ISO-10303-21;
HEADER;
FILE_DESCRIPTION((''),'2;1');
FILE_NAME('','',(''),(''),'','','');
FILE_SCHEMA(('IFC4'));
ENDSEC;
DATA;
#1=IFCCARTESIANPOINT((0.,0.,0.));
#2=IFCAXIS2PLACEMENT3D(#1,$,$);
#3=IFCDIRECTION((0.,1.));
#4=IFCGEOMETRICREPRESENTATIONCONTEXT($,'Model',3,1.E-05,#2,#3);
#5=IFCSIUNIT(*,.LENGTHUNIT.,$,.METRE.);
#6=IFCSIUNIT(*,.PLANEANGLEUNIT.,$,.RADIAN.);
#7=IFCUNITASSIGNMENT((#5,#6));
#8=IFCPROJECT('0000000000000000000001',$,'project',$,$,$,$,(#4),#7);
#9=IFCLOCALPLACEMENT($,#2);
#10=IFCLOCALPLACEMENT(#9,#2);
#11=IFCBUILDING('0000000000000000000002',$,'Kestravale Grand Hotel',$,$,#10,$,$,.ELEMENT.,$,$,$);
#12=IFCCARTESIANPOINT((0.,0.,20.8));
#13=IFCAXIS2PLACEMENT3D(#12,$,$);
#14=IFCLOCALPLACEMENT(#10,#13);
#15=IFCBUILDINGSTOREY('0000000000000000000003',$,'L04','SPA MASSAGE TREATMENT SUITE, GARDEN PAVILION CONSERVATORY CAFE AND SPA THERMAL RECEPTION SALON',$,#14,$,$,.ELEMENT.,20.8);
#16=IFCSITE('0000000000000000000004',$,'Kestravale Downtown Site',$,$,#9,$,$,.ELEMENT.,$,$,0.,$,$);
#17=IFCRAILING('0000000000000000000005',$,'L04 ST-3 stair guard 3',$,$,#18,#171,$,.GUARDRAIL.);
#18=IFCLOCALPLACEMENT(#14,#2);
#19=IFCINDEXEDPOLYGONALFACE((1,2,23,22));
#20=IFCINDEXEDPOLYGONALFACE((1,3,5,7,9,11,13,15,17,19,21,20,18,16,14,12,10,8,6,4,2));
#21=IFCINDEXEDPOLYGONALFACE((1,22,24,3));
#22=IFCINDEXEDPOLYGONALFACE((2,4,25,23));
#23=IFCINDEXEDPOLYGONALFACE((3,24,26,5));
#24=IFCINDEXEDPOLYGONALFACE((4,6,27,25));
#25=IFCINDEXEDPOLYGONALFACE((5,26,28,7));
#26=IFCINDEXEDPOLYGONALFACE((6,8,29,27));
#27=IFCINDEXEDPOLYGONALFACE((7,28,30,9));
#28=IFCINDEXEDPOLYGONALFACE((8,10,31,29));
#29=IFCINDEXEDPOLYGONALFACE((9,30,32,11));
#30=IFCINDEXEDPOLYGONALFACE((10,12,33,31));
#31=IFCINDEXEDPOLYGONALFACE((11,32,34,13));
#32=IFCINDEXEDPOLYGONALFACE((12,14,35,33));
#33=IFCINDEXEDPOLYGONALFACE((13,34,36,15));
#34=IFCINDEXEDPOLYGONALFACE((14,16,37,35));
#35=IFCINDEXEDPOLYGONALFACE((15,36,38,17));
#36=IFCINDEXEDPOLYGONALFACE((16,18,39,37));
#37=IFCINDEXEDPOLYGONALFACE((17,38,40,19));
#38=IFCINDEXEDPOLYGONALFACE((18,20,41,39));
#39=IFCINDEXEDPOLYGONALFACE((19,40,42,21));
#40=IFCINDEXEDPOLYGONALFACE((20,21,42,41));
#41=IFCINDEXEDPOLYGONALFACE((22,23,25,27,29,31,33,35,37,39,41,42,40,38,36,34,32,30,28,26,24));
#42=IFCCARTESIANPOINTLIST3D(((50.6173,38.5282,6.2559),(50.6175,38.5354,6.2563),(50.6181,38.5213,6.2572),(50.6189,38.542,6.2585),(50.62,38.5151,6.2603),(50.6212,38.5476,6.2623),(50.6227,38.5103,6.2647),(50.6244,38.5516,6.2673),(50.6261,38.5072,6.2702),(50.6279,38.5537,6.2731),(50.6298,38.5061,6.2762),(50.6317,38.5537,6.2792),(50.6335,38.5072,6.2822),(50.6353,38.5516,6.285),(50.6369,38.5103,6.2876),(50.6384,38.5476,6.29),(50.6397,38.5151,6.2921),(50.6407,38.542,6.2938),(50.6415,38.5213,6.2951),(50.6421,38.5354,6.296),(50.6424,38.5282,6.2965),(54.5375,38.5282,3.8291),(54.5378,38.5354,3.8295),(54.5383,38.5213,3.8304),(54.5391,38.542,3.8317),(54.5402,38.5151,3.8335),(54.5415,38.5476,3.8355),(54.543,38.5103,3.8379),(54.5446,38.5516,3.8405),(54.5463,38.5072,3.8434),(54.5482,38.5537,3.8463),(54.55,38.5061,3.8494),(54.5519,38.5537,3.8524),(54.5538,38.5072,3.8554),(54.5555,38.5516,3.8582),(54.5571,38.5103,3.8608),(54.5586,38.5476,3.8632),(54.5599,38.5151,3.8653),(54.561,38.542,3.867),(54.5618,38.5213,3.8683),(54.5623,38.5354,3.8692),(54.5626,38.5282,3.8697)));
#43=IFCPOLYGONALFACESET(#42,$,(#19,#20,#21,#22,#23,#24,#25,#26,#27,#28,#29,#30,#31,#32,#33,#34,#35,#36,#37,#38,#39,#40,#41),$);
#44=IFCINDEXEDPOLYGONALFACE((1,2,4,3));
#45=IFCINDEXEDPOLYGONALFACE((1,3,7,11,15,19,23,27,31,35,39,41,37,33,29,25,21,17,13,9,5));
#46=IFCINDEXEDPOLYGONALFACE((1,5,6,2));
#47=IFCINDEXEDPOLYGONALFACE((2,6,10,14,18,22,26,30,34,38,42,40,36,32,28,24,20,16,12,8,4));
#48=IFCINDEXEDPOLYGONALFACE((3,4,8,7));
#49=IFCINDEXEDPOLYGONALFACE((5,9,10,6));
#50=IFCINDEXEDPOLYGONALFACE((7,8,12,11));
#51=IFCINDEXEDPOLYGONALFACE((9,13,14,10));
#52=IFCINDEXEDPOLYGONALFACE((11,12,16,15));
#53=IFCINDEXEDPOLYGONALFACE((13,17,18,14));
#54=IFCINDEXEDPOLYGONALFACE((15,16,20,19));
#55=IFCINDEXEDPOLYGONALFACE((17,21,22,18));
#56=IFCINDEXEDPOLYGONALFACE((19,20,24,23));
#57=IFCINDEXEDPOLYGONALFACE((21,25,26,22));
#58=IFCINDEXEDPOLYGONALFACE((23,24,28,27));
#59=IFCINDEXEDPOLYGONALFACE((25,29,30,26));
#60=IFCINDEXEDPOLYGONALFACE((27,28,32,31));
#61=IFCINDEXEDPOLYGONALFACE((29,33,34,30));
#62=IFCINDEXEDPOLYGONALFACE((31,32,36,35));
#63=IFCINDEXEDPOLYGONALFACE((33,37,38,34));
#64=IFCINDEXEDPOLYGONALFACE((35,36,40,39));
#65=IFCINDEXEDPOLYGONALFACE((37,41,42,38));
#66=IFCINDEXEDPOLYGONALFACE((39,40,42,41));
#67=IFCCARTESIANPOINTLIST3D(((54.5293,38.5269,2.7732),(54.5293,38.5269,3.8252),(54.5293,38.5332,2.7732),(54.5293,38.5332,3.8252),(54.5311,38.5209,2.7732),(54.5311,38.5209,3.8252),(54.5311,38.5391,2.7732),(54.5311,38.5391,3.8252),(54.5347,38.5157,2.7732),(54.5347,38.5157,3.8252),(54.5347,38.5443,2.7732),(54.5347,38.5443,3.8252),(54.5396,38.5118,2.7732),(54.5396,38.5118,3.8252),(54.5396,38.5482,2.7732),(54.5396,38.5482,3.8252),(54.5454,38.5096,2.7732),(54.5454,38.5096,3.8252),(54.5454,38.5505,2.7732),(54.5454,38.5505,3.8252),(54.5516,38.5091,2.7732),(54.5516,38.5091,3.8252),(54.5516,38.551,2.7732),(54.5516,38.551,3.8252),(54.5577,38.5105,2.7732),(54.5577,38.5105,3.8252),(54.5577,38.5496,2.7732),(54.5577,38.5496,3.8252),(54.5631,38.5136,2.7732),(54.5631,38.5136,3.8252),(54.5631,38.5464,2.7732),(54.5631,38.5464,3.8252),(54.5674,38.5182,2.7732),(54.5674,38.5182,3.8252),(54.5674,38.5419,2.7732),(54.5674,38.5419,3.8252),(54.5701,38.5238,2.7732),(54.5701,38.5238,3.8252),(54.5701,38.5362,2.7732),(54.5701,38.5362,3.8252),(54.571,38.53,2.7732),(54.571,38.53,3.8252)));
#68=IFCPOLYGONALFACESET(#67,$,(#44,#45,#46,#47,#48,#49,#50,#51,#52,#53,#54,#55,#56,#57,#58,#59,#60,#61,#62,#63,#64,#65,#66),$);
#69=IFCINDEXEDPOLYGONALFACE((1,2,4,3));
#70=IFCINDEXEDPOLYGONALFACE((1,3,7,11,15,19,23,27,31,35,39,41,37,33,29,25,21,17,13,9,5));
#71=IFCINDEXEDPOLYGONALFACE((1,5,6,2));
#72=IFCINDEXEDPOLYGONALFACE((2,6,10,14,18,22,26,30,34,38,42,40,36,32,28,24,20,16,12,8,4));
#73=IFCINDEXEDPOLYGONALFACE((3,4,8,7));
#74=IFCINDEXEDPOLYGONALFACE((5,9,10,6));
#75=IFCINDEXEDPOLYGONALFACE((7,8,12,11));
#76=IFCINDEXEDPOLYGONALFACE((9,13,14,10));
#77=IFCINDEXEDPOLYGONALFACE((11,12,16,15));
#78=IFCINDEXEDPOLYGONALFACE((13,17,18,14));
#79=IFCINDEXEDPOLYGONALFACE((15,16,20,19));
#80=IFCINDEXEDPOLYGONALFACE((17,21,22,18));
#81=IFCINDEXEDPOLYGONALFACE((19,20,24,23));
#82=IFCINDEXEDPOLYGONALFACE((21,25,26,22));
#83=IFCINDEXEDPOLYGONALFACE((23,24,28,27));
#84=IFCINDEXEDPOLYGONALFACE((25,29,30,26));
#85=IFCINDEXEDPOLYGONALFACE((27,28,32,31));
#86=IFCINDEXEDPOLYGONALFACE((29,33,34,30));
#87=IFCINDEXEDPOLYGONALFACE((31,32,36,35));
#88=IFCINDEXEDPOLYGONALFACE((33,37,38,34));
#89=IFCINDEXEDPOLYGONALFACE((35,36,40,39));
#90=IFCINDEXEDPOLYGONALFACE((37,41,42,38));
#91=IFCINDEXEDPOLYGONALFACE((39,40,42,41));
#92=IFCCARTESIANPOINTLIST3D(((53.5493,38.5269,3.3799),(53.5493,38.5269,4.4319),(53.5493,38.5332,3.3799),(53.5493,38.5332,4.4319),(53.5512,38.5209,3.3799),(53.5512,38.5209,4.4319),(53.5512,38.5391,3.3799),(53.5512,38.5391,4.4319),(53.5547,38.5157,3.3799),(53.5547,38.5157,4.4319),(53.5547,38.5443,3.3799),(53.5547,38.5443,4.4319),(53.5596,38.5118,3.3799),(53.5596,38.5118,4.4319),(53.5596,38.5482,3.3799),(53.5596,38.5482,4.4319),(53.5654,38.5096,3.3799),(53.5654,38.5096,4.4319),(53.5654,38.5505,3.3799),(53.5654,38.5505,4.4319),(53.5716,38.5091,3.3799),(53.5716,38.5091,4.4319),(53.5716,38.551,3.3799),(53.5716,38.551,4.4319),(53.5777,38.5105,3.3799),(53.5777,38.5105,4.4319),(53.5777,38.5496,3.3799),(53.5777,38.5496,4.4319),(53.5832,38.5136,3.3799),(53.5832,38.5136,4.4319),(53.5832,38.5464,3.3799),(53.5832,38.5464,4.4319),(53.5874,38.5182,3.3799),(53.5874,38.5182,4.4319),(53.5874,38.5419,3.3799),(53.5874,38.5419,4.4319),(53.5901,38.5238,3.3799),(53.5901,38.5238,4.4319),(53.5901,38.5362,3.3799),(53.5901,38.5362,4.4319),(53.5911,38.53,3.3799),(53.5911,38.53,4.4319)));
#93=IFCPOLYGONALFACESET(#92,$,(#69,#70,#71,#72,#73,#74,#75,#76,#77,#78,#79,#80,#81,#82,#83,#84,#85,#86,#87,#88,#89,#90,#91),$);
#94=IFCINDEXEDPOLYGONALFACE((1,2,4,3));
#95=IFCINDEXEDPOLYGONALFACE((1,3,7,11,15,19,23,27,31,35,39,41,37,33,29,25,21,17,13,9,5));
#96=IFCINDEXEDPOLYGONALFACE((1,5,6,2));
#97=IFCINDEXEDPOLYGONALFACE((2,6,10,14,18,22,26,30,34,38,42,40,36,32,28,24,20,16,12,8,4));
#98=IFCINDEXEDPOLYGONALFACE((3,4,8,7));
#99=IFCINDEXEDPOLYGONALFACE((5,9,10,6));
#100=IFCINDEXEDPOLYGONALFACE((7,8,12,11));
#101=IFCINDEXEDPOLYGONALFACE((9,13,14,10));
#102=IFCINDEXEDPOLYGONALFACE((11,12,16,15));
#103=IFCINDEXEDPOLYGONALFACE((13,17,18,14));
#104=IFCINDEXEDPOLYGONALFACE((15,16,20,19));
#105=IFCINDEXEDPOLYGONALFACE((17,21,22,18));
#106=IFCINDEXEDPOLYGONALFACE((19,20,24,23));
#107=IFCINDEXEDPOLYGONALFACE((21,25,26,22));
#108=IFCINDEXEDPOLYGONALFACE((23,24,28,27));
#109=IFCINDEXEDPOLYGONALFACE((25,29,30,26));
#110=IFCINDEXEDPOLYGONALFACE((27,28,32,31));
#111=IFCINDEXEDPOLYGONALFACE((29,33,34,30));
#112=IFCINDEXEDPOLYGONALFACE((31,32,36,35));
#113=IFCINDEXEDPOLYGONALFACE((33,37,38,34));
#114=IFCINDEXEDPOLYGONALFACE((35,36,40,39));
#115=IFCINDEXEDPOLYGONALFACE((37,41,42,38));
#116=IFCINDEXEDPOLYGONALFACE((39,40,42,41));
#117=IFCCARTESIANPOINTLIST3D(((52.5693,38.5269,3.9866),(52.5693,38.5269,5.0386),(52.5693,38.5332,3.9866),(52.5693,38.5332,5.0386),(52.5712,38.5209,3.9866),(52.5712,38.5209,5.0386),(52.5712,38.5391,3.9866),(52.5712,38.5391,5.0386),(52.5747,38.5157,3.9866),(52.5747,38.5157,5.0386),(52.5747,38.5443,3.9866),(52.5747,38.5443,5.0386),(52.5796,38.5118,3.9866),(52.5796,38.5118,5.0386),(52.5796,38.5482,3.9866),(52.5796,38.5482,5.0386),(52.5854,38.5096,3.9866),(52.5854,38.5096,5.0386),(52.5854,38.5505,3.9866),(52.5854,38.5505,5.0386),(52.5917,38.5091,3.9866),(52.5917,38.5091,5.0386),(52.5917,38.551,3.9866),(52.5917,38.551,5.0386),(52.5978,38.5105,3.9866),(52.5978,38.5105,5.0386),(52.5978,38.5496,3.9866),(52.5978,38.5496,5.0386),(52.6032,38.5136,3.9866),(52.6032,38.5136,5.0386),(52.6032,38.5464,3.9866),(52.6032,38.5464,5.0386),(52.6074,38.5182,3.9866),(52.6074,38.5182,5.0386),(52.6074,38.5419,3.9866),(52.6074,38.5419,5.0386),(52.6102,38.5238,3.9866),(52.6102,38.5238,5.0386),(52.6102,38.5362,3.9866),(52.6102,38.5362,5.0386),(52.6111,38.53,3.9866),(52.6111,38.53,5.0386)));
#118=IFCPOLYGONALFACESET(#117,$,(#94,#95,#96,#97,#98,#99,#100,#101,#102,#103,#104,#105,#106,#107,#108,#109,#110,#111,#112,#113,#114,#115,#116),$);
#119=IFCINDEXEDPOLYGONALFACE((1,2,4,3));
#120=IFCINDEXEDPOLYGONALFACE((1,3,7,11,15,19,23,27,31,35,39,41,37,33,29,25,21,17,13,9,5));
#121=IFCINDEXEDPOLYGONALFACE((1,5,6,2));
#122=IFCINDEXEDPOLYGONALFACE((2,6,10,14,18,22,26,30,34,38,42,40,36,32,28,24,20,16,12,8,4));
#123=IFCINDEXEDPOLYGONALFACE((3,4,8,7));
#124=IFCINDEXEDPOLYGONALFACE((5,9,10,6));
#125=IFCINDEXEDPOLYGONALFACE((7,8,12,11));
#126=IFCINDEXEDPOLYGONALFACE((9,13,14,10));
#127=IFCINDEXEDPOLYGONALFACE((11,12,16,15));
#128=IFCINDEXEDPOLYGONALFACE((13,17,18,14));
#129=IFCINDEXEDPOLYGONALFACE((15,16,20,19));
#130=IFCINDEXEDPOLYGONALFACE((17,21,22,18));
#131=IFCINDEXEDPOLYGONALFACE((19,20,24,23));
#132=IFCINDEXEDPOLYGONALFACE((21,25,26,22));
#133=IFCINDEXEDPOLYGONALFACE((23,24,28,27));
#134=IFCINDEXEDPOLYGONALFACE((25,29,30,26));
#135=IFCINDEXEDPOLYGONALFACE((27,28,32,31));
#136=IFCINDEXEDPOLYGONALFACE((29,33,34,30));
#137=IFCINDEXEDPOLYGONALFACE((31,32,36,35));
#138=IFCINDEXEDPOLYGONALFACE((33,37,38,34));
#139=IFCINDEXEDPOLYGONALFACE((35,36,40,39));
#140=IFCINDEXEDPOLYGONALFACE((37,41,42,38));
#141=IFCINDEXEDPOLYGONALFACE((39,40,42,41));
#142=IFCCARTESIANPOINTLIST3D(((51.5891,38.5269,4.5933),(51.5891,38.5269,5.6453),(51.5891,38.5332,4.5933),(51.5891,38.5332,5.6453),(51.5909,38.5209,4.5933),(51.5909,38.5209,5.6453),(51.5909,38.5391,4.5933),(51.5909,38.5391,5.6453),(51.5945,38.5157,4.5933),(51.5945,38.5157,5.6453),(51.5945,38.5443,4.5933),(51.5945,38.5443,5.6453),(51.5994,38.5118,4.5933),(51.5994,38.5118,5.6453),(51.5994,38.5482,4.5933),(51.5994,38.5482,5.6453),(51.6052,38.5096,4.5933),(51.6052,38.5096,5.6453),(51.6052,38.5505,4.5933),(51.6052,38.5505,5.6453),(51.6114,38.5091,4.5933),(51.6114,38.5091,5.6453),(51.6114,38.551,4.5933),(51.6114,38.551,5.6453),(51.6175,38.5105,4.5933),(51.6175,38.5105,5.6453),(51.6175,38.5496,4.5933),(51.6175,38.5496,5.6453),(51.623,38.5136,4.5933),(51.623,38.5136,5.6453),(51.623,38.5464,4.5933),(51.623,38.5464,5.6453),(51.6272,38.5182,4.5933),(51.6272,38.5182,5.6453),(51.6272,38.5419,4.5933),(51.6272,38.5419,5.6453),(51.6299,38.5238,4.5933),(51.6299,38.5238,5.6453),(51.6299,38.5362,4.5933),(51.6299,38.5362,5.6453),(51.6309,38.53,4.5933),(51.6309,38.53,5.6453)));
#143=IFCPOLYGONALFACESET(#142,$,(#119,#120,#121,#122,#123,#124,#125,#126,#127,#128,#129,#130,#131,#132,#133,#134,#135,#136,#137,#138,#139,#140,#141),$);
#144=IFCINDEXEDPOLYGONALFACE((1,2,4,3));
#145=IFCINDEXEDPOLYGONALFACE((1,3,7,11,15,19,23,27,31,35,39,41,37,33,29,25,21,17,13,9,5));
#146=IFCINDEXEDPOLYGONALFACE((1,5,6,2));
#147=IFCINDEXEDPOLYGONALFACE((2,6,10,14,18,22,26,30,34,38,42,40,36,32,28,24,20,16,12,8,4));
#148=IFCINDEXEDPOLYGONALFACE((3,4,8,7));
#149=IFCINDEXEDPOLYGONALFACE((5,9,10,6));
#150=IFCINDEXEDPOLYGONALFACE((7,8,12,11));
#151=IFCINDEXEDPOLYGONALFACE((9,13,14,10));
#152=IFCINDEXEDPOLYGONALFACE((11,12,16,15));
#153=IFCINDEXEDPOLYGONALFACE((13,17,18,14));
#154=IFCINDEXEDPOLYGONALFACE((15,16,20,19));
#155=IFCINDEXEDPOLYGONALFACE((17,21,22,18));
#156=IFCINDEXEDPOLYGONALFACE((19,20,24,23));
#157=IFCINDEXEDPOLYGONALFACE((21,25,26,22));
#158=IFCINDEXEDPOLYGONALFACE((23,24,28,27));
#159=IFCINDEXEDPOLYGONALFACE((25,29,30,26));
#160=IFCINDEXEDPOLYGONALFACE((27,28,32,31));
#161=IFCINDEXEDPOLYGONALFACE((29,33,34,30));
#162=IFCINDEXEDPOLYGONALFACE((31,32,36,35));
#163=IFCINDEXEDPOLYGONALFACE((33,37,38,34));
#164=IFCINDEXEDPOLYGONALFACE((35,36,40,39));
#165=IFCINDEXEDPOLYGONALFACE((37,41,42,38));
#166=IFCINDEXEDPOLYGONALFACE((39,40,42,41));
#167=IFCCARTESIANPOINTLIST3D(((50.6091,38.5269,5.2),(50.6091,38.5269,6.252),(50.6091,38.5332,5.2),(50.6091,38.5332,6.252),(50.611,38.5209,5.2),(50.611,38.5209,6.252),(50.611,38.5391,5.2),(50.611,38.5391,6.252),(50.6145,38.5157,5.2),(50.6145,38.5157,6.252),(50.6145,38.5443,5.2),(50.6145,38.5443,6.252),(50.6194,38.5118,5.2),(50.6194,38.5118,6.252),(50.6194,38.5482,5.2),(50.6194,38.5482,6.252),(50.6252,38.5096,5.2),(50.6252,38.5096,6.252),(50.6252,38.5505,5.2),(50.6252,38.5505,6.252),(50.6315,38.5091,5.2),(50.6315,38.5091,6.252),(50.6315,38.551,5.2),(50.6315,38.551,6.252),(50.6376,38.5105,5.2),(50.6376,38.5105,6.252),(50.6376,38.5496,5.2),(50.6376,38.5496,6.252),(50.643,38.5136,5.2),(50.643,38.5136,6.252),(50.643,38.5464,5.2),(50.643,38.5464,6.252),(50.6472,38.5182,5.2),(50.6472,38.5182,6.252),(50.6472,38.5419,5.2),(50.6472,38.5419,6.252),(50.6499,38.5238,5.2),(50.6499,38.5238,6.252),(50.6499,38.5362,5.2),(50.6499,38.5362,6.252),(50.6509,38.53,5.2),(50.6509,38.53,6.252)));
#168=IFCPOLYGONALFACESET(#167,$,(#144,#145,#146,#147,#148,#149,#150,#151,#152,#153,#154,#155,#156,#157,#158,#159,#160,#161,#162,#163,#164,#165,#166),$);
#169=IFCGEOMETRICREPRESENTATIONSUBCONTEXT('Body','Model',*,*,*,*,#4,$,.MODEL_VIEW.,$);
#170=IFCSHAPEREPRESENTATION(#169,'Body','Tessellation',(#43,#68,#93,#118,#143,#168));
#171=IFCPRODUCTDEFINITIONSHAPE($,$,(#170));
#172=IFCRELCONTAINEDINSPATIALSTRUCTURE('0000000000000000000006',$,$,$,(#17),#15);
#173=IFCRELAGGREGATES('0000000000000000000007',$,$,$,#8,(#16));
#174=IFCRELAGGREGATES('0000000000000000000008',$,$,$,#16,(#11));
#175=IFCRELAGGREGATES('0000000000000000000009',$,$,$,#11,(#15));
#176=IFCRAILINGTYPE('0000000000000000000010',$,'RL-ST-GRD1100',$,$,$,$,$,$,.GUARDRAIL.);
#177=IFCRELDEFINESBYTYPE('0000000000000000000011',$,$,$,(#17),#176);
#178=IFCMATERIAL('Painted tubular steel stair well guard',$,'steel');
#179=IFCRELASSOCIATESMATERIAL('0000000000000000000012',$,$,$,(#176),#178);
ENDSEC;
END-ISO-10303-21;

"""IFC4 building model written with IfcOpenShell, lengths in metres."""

from ifc_helpers import new_model, si_unit, direction, frame, origin, origin_2d, place, context, subcontext, project, spatial, circle, extrude, material, type_object, element, save


model = new_model("IFC4")

# Units and contexts
model_context = context("Model", 3, precision=1e-05, world=origin(), true_north=direction((0.0, 1.0)))
body_context = subcontext(model_context, "Body", "Model", "MODEL_VIEW")
ifc_project = project(units=[si_unit("LENGTHUNIT", "METRE"), si_unit("PLANEANGLEUNIT", "RADIAN")], contexts=[model_context])

# Site, building, storey
site_placement = place(None, origin())
site = spatial("IfcSite", under=ifc_project, at=site_placement, Name="Kestravale Downtown Site", CompositionType="ELEMENT", RefElevation=0.0)
building_placement = place(site_placement, origin())
building = spatial("IfcBuilding", under=site, at=building_placement, Name="Kestravale Grand Hotel", CompositionType="ELEMENT")
storey_placement = place(building_placement, frame((0.0, 0.0, 20.8)))
storey = spatial("IfcBuildingStorey", under=building, at=storey_placement, Name="L04", Description="SPA MASSAGE TREATMENT SUITE, GARDEN PAVILION CONSERVATORY CAFE AND SPA THERMAL RECEPTION SALON", CompositionType="ELEMENT", Elevation=20.8)

# Railing
ifc_material_1 = material(Name="Painted tubular steel stair well guard", Category="steel")
railing_type_1 = type_object("IfcRailingType", Name="RL-ST-GRD1100", PredefinedType="GUARDRAIL", material=ifc_material_1)
railing_1_placement = place(storey_placement, frame((54.55, 38.53, 2.7732)))
element("IfcRailing", 1, at=railing_1_placement, inside=storey, type_object=railing_type_1, Name="L04 ST-3 stair guard 3", PredefinedType="GUARDRAIL", context=body_context, shape_type="SweptSolid", body=[
    extrude(circle(Radius=0.0239, at=origin_2d()), frame((0.0, 0.0, 1.0762), z_axis=(-0.850266, 0.0, 0.526353), x_axis=(0.0, -1.0, 0.0)), (0.0, 0.0, 1.0), 4.6106),
    extrude(circle(Radius=0.021, at=origin_2d()), origin(), (0.0, 0.0, 1.0), 1.052),
    extrude(circle(Radius=0.021, at=origin_2d()), frame((-0.98, 0.0, 0.6067)), (0.0, 0.0, 1.0), 1.052),
    extrude(circle(Radius=0.021, at=origin_2d()), frame((-1.96, 0.0, 1.2134)), (0.0, 0.0, 1.0), 1.052),
    extrude(circle(Radius=0.021, at=origin_2d()), frame((-2.9402, 0.0, 1.8201)), (0.0, 0.0, 1.0), 1.052),
    extrude(circle(Radius=0.021, at=origin_2d()), frame((-3.9202, 0.0, 2.4268)), (0.0, 0.0, 1.0), 1.052),
])

save(model, "model.ifc")
